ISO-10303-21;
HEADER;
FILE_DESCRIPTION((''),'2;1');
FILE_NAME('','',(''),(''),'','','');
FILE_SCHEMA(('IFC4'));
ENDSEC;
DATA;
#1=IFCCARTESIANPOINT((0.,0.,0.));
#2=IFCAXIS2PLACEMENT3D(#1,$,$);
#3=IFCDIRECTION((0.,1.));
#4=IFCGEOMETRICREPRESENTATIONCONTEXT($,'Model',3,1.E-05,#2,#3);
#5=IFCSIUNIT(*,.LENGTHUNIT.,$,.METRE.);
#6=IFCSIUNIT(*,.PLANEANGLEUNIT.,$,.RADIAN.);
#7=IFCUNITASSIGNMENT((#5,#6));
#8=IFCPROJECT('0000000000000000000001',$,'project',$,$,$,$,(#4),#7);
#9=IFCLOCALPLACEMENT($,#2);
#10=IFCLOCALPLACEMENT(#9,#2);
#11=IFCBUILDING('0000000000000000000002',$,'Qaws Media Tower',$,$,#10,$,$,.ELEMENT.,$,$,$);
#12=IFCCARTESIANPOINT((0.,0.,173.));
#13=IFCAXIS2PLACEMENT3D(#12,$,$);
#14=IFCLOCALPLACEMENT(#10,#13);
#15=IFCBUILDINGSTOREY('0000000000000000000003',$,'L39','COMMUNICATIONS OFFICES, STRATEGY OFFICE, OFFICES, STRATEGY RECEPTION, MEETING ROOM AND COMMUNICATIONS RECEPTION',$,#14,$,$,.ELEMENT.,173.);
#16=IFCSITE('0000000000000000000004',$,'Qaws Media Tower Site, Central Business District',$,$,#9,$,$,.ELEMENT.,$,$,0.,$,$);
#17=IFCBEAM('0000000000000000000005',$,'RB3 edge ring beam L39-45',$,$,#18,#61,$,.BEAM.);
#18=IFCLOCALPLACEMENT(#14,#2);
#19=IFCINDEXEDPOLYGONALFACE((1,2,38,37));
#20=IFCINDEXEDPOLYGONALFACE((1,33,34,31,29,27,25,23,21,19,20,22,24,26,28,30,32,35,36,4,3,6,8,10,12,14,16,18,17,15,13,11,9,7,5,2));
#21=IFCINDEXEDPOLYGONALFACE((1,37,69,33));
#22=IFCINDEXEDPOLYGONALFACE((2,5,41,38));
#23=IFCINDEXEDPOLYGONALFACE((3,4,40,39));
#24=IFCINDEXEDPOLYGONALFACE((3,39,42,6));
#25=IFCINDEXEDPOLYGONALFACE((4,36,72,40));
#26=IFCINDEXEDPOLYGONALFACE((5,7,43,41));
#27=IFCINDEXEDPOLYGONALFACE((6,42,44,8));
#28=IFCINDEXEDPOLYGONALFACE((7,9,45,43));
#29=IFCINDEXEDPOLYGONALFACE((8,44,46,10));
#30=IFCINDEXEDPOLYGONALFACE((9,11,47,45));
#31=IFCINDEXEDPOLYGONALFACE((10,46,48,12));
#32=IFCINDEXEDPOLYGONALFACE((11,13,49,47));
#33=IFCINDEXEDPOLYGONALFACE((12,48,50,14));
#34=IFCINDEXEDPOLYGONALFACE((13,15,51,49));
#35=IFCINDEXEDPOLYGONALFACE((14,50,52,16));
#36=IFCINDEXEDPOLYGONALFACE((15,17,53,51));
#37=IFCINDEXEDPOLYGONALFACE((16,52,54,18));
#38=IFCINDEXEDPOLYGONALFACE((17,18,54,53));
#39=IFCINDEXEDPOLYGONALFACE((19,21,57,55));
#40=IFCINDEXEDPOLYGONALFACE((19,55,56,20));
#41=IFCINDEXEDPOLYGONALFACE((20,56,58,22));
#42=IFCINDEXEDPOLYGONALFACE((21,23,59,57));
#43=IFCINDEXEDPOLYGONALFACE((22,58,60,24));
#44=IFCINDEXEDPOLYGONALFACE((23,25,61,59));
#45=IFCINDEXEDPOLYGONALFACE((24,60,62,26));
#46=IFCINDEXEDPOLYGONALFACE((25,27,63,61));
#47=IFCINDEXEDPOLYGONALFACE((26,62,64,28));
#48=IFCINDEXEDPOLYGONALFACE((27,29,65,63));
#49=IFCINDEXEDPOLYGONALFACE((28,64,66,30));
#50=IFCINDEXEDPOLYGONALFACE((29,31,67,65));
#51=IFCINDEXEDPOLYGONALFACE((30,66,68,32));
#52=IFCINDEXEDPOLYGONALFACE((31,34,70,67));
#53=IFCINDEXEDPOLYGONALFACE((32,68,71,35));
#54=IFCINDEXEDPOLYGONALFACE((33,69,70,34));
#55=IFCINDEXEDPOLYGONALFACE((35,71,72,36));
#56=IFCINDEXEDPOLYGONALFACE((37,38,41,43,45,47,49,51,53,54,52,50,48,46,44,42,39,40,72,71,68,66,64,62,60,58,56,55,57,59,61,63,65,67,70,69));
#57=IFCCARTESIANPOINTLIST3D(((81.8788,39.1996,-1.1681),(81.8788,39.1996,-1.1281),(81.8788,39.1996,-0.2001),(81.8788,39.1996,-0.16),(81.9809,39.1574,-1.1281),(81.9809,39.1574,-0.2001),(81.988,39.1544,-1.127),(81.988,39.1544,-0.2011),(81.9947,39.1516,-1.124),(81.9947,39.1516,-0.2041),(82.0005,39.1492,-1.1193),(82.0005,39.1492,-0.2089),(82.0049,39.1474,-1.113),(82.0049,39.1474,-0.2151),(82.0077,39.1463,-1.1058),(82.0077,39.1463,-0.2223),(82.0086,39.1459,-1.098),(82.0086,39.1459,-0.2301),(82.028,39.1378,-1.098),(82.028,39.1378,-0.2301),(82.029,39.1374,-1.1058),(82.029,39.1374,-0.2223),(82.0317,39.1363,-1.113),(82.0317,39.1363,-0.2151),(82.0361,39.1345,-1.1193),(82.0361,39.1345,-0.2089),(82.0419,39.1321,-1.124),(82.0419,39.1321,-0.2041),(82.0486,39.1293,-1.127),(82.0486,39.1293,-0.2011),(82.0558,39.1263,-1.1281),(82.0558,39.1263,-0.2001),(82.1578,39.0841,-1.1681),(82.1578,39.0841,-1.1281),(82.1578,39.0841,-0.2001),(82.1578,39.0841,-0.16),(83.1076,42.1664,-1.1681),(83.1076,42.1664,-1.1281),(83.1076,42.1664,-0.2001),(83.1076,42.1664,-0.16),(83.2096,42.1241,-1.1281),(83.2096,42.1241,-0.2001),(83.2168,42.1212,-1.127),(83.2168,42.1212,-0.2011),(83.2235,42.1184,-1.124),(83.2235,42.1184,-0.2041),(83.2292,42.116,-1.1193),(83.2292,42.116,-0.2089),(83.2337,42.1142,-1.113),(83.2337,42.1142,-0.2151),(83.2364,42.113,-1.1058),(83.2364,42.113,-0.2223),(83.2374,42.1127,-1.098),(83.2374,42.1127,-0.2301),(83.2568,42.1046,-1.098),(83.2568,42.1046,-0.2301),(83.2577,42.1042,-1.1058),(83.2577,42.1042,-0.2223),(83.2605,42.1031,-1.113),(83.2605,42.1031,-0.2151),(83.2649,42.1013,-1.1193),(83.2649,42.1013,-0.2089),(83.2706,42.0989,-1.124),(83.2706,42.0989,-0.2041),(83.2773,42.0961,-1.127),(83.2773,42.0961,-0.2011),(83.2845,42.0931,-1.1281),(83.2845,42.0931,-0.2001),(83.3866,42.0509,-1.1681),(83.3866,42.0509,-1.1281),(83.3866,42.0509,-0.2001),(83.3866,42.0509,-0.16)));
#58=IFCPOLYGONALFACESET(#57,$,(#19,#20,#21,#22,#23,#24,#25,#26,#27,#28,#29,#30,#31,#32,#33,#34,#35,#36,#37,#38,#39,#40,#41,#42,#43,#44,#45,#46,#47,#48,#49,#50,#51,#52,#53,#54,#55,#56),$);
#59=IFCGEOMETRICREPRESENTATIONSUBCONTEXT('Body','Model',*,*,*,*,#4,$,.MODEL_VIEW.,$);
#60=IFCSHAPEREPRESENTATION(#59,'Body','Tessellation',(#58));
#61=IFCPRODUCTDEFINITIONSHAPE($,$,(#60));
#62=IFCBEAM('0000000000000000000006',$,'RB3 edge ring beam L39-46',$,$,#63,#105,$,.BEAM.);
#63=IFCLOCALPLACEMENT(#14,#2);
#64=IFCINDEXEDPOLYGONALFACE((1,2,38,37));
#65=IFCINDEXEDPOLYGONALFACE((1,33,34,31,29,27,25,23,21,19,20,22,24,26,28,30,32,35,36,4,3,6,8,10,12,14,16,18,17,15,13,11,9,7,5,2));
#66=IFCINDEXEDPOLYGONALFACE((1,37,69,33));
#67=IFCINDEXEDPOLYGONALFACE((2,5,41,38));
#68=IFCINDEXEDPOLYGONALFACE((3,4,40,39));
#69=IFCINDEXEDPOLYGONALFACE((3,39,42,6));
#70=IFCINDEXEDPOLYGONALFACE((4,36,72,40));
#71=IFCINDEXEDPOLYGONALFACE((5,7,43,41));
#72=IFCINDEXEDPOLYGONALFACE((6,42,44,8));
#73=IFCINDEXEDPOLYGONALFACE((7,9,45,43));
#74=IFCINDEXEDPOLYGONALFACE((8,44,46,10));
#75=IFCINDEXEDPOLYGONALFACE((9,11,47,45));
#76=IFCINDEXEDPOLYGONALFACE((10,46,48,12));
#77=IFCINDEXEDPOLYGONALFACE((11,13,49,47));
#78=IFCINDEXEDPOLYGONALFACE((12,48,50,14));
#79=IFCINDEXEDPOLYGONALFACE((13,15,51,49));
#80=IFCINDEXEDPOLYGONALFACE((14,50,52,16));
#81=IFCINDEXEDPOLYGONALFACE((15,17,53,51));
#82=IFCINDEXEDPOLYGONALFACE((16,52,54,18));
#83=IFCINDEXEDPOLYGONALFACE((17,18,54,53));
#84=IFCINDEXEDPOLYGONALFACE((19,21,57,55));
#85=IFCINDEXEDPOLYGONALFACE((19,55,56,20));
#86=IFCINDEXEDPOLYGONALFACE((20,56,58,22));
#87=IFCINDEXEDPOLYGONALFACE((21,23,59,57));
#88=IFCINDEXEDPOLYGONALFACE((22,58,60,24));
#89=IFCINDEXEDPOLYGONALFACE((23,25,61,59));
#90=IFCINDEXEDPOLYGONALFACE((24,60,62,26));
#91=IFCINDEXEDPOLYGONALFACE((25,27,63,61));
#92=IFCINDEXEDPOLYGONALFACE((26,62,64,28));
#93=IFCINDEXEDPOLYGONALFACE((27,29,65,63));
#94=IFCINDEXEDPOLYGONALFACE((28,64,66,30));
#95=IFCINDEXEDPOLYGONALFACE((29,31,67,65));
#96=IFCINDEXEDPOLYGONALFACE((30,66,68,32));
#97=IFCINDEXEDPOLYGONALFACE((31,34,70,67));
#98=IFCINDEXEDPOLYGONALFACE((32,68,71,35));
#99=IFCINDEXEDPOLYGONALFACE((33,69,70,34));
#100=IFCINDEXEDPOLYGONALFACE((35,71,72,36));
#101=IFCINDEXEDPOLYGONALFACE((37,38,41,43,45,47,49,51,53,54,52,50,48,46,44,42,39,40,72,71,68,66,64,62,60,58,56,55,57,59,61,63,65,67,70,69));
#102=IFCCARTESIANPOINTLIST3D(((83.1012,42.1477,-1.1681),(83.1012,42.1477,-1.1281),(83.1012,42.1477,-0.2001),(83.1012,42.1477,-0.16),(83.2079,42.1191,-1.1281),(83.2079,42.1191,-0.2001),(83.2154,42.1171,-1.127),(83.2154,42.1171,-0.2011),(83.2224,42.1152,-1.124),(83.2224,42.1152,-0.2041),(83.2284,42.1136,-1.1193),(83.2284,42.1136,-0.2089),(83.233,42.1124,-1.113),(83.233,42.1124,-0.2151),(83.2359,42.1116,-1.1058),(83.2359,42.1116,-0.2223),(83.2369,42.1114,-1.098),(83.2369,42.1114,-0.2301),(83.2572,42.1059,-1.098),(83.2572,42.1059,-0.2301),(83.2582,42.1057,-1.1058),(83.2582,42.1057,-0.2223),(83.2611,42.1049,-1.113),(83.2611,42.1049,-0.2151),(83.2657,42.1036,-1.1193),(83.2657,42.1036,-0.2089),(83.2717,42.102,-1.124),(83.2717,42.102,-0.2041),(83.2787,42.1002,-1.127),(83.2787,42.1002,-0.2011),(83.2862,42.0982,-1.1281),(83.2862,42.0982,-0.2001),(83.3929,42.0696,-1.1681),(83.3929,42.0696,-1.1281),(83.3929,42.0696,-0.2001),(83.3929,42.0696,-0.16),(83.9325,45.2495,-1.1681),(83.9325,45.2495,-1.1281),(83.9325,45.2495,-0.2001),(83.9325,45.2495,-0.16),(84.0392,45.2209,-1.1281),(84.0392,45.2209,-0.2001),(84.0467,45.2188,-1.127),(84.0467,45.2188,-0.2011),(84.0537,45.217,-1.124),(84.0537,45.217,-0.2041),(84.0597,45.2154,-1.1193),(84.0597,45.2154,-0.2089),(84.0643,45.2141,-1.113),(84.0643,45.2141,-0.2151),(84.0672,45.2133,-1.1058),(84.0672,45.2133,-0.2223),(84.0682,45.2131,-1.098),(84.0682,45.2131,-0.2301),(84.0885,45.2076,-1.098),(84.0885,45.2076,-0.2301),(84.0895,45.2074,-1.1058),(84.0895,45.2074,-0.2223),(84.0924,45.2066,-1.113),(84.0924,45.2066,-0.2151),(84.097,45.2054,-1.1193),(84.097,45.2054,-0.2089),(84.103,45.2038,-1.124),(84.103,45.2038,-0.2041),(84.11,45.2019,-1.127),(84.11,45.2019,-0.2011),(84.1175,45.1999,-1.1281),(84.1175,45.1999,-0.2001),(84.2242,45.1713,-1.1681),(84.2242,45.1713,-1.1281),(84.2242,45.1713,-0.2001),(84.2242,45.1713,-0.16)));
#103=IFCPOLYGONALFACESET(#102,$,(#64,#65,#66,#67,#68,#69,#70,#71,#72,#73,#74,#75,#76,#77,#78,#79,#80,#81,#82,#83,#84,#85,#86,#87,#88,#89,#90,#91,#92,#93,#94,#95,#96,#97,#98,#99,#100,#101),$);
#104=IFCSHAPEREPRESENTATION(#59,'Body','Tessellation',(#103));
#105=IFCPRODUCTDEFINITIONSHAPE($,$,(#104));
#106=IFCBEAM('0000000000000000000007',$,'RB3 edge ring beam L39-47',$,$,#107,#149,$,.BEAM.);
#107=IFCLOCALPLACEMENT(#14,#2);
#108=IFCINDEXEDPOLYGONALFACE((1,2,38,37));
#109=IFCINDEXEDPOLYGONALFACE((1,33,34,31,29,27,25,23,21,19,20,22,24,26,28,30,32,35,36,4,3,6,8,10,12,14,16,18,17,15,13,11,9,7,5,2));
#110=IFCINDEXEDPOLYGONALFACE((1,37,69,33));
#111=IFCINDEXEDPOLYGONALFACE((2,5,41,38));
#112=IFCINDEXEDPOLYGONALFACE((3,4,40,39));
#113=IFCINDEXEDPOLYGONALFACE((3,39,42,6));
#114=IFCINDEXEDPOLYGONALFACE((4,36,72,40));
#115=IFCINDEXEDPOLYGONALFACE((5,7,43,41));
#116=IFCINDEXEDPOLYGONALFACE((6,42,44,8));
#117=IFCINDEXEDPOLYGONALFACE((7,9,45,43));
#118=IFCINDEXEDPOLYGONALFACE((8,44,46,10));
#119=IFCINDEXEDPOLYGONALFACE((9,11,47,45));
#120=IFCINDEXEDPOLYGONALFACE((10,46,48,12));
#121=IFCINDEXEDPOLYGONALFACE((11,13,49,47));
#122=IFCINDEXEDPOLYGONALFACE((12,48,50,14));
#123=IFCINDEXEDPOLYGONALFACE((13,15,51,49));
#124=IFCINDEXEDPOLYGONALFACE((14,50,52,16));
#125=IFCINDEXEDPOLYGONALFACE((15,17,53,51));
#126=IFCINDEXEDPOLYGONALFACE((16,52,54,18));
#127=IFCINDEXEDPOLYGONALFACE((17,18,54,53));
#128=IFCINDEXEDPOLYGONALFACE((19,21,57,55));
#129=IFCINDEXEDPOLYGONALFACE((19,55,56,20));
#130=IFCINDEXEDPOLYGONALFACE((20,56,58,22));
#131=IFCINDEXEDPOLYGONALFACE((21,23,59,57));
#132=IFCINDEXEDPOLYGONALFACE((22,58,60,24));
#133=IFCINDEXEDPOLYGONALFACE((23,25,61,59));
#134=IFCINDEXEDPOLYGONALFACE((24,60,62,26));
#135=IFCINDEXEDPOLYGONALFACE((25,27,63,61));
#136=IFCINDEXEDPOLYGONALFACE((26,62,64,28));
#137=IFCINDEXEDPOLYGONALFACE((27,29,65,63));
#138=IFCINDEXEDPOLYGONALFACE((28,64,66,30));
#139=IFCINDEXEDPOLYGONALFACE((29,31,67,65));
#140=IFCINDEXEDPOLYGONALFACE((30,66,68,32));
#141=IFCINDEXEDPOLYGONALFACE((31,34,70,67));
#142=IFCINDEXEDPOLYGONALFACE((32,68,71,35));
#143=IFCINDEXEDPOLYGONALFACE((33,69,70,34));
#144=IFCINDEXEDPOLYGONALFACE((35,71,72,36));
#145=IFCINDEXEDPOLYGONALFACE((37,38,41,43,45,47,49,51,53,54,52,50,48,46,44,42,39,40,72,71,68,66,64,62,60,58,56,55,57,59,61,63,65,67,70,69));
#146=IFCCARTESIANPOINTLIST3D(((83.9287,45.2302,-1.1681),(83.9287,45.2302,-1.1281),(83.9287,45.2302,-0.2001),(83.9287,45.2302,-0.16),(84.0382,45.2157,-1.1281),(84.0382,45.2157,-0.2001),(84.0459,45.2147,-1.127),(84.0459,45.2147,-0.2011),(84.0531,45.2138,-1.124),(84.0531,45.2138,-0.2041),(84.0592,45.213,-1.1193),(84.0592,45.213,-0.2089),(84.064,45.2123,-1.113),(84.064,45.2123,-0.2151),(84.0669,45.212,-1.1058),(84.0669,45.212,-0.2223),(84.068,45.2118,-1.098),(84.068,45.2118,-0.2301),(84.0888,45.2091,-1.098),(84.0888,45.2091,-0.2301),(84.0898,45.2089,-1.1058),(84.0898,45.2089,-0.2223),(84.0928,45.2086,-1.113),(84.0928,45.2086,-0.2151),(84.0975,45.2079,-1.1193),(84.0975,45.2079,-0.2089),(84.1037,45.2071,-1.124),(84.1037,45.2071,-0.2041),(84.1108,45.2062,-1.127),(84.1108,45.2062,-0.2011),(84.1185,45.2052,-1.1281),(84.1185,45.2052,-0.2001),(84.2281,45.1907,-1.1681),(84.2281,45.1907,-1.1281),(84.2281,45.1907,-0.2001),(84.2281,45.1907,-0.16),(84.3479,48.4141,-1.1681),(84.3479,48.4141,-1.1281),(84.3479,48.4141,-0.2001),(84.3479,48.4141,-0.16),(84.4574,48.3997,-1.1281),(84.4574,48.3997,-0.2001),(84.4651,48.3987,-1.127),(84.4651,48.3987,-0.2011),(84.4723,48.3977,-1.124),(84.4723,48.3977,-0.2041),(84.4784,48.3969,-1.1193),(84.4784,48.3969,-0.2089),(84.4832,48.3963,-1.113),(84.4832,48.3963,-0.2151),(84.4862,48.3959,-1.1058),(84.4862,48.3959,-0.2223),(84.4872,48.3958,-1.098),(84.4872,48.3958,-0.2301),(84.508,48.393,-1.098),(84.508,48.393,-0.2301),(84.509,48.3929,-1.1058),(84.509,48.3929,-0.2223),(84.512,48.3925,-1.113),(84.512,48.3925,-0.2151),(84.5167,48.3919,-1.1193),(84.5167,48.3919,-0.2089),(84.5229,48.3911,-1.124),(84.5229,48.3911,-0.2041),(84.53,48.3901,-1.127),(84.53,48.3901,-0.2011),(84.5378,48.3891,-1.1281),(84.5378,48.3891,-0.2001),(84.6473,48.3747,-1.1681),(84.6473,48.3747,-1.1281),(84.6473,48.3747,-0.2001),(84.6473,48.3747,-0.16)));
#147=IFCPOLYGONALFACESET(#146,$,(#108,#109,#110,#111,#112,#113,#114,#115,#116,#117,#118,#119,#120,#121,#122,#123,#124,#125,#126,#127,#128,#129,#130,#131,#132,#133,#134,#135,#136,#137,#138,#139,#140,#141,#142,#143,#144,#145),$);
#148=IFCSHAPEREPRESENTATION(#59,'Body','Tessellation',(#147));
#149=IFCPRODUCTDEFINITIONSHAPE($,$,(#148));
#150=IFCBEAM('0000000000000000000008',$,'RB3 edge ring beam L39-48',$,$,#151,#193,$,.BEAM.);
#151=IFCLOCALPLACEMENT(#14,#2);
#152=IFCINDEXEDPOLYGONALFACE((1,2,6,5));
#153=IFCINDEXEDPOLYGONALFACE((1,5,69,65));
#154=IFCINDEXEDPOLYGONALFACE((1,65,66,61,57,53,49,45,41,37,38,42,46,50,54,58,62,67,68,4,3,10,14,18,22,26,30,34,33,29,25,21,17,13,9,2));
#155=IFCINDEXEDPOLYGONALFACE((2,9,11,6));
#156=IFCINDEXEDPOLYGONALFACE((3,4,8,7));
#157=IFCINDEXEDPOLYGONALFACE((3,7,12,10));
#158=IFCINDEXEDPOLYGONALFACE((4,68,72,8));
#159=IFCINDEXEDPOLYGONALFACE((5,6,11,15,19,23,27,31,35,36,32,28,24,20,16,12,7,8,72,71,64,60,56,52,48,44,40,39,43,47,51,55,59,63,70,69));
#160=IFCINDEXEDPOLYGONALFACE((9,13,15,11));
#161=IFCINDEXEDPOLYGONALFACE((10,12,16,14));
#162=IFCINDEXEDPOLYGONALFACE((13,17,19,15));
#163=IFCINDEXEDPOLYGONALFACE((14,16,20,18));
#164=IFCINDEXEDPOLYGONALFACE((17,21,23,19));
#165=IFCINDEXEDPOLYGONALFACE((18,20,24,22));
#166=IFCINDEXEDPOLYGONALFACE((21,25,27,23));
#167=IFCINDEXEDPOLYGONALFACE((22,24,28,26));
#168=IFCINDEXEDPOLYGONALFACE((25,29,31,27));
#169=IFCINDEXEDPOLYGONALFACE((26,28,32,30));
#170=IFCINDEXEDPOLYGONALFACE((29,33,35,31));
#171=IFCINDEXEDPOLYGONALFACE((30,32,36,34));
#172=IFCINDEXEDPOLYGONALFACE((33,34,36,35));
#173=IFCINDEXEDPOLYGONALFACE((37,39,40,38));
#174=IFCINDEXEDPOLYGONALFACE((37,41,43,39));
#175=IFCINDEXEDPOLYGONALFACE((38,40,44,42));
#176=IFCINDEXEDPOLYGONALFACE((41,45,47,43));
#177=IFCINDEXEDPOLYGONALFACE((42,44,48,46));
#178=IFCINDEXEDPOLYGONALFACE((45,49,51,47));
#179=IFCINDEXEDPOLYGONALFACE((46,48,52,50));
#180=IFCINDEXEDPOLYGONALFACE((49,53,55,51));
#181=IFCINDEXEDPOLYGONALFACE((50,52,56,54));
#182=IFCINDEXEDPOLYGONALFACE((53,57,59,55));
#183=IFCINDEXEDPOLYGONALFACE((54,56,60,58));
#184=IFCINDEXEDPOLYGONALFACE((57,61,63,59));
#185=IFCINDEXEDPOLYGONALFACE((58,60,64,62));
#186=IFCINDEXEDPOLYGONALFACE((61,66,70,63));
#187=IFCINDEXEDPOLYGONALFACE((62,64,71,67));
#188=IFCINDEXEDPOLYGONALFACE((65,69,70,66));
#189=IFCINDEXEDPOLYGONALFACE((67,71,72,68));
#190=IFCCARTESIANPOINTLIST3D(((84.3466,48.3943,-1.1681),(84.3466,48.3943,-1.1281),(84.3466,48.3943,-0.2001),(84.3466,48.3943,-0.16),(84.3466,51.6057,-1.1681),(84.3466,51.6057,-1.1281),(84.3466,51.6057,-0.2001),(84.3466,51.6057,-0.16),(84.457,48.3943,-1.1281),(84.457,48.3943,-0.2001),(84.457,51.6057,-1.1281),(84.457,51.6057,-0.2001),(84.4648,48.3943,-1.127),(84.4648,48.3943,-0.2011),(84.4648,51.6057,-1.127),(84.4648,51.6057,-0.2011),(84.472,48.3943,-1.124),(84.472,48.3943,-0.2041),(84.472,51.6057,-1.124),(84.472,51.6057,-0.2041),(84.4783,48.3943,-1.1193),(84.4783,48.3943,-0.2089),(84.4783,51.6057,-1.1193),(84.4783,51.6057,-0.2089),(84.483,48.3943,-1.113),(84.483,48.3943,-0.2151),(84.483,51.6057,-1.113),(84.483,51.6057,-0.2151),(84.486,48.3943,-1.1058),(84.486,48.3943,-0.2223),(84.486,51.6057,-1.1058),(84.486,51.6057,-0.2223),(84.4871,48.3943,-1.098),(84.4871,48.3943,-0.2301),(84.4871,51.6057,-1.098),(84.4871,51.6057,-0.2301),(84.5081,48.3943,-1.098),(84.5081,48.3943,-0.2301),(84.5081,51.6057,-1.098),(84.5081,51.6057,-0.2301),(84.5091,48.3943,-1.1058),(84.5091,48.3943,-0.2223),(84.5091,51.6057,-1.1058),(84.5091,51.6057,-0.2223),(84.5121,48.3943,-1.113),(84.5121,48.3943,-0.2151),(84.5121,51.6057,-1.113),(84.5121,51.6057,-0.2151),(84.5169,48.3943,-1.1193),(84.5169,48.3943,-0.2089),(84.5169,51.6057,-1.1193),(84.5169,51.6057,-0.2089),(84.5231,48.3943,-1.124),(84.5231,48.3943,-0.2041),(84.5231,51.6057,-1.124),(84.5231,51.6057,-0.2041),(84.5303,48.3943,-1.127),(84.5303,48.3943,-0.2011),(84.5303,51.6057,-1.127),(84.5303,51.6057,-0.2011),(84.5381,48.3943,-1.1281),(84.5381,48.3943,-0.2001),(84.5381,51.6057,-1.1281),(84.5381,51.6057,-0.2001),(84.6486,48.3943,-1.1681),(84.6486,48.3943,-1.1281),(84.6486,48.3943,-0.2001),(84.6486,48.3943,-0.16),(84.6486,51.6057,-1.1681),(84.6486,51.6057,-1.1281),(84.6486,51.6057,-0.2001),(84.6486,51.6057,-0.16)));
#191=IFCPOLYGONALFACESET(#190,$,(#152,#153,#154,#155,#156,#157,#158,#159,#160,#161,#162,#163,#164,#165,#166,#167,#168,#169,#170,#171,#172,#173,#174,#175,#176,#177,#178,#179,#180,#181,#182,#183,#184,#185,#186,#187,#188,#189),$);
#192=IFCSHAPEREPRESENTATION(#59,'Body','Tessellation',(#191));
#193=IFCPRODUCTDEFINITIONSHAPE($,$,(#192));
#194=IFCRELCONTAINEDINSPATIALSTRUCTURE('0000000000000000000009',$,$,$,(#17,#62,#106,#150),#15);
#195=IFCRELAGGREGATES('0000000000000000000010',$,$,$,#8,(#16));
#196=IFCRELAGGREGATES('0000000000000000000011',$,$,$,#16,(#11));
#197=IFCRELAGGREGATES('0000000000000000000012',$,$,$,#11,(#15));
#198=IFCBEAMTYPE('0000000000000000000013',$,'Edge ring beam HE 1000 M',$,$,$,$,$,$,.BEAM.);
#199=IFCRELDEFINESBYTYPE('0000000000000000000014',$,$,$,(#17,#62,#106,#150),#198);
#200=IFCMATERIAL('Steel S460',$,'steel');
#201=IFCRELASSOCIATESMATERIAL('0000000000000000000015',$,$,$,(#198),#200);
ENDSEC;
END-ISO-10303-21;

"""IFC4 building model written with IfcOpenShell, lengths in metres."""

from ifc_helpers import new_model, si_unit, direction, frame, origin, origin_2d, place, context, subcontext, project, spatial, i_section, extrude, material, material_profile, profile_set, type_object, element, save


model = new_model("IFC4")

# Units and contexts
model_context = context("Model", 3, precision=1e-05, world=origin(), true_north=direction((0.0, 1.0)))
body_context = subcontext(model_context, "Body", "Model", "MODEL_VIEW")
ifc_project = project(units=[si_unit("LENGTHUNIT", "METRE"), si_unit("PLANEANGLEUNIT", "RADIAN")], contexts=[model_context])

# Site, building, storey
site_placement = place(None, origin())
site = spatial("IfcSite", under=ifc_project, at=site_placement, Name="Qaws Media Tower Site, Central Business District", CompositionType="ELEMENT", RefElevation=0.0)
building_placement = place(site_placement, origin())
building = spatial("IfcBuilding", under=site, at=building_placement, Name="Qaws Media Tower", CompositionType="ELEMENT")
storey_placement = place(building_placement, frame((0.0, 0.0, 173.0)))
storey = spatial("IfcBuildingStorey", under=building, at=storey_placement, Name="L39", Description="COMMUNICATIONS OFFICES, STRATEGY OFFICE, OFFICES, STRATEGY RECEPTION, MEETING ROOM AND COMMUNICATIONS RECEPTION", CompositionType="ELEMENT", Elevation=173.0)

# Beams
ifc_material_1 = material(Name="Steel S460", Category="steel")
ifc_material_profile_1 = material_profile(ifc_material_1, i_section(OverallWidth=0.302, OverallDepth=1.0081, WebThickness=0.021, FlangeThickness=0.04, FilletRadius=0.03, at=origin_2d()), Name="HE 1000 M")
ifc_profile_set_1 = profile_set([ifc_material_profile_1], Name="Steel S460")
beam_type_1 = type_object("IfcBeamType", Name="Edge ring beam HE 1000 M", PredefinedType="BEAM", material=ifc_profile_set_1)
for number, where, z_axis, x_axis, name in (
    (1, (82.0183, 39.1418, -0.6641), (0.382649, 0.923894, 0.0), (-0.923894, 0.382649, 0.0), "RB3 edge ring beam L39-45"),
    (2, (83.2471, 42.1086, -0.6641), (0.258869, 0.965912, 0.0), (-0.965912, 0.258869, 0.0), "RB3 edge ring beam L39-46"),
):
    element("IfcBeam", number, at=place(storey_placement, frame(where, z_axis=z_axis, x_axis=x_axis)), inside=storey, type_object=beam_type_1, Name=name, PredefinedType="BEAM", context=body_context, shape_type="SweptSolid", body=[
        extrude(i_section(OverallWidth=0.302, OverallDepth=1.0081, WebThickness=0.021, FlangeThickness=0.04, FilletRadius=0.03, at=origin_2d()), origin(), (0.0, 0.0, 1.0), 3.2112),
    ])
for number, where, z_axis, x_axis, name in (
    (3, (84.0784, 45.2104, -0.6641), (0.130535, 0.991444, 0.0), (-0.991444, 0.130535, 0.0), "RB3 edge ring beam L39-47"),
    (4, (84.4976, 48.3943, -0.6641), (0.0, 1.0, 0.0), (-1.0, 0.0, 0.0), "RB3 edge ring beam L39-48"),
):
    element("IfcBeam", number, at=place(storey_placement, frame(where, z_axis=z_axis, x_axis=x_axis)), inside=storey, type_object=beam_type_1, Name=name, PredefinedType="BEAM", context=body_context, shape_type="SweptSolid", body=[
        extrude(i_section(OverallWidth=0.302, OverallDepth=1.0081, WebThickness=0.021, FlangeThickness=0.04, FilletRadius=0.03, at=origin_2d()), origin(), (0.0, 0.0, 1.0), 3.2114),
    ])

save(model, "model.ifc")
